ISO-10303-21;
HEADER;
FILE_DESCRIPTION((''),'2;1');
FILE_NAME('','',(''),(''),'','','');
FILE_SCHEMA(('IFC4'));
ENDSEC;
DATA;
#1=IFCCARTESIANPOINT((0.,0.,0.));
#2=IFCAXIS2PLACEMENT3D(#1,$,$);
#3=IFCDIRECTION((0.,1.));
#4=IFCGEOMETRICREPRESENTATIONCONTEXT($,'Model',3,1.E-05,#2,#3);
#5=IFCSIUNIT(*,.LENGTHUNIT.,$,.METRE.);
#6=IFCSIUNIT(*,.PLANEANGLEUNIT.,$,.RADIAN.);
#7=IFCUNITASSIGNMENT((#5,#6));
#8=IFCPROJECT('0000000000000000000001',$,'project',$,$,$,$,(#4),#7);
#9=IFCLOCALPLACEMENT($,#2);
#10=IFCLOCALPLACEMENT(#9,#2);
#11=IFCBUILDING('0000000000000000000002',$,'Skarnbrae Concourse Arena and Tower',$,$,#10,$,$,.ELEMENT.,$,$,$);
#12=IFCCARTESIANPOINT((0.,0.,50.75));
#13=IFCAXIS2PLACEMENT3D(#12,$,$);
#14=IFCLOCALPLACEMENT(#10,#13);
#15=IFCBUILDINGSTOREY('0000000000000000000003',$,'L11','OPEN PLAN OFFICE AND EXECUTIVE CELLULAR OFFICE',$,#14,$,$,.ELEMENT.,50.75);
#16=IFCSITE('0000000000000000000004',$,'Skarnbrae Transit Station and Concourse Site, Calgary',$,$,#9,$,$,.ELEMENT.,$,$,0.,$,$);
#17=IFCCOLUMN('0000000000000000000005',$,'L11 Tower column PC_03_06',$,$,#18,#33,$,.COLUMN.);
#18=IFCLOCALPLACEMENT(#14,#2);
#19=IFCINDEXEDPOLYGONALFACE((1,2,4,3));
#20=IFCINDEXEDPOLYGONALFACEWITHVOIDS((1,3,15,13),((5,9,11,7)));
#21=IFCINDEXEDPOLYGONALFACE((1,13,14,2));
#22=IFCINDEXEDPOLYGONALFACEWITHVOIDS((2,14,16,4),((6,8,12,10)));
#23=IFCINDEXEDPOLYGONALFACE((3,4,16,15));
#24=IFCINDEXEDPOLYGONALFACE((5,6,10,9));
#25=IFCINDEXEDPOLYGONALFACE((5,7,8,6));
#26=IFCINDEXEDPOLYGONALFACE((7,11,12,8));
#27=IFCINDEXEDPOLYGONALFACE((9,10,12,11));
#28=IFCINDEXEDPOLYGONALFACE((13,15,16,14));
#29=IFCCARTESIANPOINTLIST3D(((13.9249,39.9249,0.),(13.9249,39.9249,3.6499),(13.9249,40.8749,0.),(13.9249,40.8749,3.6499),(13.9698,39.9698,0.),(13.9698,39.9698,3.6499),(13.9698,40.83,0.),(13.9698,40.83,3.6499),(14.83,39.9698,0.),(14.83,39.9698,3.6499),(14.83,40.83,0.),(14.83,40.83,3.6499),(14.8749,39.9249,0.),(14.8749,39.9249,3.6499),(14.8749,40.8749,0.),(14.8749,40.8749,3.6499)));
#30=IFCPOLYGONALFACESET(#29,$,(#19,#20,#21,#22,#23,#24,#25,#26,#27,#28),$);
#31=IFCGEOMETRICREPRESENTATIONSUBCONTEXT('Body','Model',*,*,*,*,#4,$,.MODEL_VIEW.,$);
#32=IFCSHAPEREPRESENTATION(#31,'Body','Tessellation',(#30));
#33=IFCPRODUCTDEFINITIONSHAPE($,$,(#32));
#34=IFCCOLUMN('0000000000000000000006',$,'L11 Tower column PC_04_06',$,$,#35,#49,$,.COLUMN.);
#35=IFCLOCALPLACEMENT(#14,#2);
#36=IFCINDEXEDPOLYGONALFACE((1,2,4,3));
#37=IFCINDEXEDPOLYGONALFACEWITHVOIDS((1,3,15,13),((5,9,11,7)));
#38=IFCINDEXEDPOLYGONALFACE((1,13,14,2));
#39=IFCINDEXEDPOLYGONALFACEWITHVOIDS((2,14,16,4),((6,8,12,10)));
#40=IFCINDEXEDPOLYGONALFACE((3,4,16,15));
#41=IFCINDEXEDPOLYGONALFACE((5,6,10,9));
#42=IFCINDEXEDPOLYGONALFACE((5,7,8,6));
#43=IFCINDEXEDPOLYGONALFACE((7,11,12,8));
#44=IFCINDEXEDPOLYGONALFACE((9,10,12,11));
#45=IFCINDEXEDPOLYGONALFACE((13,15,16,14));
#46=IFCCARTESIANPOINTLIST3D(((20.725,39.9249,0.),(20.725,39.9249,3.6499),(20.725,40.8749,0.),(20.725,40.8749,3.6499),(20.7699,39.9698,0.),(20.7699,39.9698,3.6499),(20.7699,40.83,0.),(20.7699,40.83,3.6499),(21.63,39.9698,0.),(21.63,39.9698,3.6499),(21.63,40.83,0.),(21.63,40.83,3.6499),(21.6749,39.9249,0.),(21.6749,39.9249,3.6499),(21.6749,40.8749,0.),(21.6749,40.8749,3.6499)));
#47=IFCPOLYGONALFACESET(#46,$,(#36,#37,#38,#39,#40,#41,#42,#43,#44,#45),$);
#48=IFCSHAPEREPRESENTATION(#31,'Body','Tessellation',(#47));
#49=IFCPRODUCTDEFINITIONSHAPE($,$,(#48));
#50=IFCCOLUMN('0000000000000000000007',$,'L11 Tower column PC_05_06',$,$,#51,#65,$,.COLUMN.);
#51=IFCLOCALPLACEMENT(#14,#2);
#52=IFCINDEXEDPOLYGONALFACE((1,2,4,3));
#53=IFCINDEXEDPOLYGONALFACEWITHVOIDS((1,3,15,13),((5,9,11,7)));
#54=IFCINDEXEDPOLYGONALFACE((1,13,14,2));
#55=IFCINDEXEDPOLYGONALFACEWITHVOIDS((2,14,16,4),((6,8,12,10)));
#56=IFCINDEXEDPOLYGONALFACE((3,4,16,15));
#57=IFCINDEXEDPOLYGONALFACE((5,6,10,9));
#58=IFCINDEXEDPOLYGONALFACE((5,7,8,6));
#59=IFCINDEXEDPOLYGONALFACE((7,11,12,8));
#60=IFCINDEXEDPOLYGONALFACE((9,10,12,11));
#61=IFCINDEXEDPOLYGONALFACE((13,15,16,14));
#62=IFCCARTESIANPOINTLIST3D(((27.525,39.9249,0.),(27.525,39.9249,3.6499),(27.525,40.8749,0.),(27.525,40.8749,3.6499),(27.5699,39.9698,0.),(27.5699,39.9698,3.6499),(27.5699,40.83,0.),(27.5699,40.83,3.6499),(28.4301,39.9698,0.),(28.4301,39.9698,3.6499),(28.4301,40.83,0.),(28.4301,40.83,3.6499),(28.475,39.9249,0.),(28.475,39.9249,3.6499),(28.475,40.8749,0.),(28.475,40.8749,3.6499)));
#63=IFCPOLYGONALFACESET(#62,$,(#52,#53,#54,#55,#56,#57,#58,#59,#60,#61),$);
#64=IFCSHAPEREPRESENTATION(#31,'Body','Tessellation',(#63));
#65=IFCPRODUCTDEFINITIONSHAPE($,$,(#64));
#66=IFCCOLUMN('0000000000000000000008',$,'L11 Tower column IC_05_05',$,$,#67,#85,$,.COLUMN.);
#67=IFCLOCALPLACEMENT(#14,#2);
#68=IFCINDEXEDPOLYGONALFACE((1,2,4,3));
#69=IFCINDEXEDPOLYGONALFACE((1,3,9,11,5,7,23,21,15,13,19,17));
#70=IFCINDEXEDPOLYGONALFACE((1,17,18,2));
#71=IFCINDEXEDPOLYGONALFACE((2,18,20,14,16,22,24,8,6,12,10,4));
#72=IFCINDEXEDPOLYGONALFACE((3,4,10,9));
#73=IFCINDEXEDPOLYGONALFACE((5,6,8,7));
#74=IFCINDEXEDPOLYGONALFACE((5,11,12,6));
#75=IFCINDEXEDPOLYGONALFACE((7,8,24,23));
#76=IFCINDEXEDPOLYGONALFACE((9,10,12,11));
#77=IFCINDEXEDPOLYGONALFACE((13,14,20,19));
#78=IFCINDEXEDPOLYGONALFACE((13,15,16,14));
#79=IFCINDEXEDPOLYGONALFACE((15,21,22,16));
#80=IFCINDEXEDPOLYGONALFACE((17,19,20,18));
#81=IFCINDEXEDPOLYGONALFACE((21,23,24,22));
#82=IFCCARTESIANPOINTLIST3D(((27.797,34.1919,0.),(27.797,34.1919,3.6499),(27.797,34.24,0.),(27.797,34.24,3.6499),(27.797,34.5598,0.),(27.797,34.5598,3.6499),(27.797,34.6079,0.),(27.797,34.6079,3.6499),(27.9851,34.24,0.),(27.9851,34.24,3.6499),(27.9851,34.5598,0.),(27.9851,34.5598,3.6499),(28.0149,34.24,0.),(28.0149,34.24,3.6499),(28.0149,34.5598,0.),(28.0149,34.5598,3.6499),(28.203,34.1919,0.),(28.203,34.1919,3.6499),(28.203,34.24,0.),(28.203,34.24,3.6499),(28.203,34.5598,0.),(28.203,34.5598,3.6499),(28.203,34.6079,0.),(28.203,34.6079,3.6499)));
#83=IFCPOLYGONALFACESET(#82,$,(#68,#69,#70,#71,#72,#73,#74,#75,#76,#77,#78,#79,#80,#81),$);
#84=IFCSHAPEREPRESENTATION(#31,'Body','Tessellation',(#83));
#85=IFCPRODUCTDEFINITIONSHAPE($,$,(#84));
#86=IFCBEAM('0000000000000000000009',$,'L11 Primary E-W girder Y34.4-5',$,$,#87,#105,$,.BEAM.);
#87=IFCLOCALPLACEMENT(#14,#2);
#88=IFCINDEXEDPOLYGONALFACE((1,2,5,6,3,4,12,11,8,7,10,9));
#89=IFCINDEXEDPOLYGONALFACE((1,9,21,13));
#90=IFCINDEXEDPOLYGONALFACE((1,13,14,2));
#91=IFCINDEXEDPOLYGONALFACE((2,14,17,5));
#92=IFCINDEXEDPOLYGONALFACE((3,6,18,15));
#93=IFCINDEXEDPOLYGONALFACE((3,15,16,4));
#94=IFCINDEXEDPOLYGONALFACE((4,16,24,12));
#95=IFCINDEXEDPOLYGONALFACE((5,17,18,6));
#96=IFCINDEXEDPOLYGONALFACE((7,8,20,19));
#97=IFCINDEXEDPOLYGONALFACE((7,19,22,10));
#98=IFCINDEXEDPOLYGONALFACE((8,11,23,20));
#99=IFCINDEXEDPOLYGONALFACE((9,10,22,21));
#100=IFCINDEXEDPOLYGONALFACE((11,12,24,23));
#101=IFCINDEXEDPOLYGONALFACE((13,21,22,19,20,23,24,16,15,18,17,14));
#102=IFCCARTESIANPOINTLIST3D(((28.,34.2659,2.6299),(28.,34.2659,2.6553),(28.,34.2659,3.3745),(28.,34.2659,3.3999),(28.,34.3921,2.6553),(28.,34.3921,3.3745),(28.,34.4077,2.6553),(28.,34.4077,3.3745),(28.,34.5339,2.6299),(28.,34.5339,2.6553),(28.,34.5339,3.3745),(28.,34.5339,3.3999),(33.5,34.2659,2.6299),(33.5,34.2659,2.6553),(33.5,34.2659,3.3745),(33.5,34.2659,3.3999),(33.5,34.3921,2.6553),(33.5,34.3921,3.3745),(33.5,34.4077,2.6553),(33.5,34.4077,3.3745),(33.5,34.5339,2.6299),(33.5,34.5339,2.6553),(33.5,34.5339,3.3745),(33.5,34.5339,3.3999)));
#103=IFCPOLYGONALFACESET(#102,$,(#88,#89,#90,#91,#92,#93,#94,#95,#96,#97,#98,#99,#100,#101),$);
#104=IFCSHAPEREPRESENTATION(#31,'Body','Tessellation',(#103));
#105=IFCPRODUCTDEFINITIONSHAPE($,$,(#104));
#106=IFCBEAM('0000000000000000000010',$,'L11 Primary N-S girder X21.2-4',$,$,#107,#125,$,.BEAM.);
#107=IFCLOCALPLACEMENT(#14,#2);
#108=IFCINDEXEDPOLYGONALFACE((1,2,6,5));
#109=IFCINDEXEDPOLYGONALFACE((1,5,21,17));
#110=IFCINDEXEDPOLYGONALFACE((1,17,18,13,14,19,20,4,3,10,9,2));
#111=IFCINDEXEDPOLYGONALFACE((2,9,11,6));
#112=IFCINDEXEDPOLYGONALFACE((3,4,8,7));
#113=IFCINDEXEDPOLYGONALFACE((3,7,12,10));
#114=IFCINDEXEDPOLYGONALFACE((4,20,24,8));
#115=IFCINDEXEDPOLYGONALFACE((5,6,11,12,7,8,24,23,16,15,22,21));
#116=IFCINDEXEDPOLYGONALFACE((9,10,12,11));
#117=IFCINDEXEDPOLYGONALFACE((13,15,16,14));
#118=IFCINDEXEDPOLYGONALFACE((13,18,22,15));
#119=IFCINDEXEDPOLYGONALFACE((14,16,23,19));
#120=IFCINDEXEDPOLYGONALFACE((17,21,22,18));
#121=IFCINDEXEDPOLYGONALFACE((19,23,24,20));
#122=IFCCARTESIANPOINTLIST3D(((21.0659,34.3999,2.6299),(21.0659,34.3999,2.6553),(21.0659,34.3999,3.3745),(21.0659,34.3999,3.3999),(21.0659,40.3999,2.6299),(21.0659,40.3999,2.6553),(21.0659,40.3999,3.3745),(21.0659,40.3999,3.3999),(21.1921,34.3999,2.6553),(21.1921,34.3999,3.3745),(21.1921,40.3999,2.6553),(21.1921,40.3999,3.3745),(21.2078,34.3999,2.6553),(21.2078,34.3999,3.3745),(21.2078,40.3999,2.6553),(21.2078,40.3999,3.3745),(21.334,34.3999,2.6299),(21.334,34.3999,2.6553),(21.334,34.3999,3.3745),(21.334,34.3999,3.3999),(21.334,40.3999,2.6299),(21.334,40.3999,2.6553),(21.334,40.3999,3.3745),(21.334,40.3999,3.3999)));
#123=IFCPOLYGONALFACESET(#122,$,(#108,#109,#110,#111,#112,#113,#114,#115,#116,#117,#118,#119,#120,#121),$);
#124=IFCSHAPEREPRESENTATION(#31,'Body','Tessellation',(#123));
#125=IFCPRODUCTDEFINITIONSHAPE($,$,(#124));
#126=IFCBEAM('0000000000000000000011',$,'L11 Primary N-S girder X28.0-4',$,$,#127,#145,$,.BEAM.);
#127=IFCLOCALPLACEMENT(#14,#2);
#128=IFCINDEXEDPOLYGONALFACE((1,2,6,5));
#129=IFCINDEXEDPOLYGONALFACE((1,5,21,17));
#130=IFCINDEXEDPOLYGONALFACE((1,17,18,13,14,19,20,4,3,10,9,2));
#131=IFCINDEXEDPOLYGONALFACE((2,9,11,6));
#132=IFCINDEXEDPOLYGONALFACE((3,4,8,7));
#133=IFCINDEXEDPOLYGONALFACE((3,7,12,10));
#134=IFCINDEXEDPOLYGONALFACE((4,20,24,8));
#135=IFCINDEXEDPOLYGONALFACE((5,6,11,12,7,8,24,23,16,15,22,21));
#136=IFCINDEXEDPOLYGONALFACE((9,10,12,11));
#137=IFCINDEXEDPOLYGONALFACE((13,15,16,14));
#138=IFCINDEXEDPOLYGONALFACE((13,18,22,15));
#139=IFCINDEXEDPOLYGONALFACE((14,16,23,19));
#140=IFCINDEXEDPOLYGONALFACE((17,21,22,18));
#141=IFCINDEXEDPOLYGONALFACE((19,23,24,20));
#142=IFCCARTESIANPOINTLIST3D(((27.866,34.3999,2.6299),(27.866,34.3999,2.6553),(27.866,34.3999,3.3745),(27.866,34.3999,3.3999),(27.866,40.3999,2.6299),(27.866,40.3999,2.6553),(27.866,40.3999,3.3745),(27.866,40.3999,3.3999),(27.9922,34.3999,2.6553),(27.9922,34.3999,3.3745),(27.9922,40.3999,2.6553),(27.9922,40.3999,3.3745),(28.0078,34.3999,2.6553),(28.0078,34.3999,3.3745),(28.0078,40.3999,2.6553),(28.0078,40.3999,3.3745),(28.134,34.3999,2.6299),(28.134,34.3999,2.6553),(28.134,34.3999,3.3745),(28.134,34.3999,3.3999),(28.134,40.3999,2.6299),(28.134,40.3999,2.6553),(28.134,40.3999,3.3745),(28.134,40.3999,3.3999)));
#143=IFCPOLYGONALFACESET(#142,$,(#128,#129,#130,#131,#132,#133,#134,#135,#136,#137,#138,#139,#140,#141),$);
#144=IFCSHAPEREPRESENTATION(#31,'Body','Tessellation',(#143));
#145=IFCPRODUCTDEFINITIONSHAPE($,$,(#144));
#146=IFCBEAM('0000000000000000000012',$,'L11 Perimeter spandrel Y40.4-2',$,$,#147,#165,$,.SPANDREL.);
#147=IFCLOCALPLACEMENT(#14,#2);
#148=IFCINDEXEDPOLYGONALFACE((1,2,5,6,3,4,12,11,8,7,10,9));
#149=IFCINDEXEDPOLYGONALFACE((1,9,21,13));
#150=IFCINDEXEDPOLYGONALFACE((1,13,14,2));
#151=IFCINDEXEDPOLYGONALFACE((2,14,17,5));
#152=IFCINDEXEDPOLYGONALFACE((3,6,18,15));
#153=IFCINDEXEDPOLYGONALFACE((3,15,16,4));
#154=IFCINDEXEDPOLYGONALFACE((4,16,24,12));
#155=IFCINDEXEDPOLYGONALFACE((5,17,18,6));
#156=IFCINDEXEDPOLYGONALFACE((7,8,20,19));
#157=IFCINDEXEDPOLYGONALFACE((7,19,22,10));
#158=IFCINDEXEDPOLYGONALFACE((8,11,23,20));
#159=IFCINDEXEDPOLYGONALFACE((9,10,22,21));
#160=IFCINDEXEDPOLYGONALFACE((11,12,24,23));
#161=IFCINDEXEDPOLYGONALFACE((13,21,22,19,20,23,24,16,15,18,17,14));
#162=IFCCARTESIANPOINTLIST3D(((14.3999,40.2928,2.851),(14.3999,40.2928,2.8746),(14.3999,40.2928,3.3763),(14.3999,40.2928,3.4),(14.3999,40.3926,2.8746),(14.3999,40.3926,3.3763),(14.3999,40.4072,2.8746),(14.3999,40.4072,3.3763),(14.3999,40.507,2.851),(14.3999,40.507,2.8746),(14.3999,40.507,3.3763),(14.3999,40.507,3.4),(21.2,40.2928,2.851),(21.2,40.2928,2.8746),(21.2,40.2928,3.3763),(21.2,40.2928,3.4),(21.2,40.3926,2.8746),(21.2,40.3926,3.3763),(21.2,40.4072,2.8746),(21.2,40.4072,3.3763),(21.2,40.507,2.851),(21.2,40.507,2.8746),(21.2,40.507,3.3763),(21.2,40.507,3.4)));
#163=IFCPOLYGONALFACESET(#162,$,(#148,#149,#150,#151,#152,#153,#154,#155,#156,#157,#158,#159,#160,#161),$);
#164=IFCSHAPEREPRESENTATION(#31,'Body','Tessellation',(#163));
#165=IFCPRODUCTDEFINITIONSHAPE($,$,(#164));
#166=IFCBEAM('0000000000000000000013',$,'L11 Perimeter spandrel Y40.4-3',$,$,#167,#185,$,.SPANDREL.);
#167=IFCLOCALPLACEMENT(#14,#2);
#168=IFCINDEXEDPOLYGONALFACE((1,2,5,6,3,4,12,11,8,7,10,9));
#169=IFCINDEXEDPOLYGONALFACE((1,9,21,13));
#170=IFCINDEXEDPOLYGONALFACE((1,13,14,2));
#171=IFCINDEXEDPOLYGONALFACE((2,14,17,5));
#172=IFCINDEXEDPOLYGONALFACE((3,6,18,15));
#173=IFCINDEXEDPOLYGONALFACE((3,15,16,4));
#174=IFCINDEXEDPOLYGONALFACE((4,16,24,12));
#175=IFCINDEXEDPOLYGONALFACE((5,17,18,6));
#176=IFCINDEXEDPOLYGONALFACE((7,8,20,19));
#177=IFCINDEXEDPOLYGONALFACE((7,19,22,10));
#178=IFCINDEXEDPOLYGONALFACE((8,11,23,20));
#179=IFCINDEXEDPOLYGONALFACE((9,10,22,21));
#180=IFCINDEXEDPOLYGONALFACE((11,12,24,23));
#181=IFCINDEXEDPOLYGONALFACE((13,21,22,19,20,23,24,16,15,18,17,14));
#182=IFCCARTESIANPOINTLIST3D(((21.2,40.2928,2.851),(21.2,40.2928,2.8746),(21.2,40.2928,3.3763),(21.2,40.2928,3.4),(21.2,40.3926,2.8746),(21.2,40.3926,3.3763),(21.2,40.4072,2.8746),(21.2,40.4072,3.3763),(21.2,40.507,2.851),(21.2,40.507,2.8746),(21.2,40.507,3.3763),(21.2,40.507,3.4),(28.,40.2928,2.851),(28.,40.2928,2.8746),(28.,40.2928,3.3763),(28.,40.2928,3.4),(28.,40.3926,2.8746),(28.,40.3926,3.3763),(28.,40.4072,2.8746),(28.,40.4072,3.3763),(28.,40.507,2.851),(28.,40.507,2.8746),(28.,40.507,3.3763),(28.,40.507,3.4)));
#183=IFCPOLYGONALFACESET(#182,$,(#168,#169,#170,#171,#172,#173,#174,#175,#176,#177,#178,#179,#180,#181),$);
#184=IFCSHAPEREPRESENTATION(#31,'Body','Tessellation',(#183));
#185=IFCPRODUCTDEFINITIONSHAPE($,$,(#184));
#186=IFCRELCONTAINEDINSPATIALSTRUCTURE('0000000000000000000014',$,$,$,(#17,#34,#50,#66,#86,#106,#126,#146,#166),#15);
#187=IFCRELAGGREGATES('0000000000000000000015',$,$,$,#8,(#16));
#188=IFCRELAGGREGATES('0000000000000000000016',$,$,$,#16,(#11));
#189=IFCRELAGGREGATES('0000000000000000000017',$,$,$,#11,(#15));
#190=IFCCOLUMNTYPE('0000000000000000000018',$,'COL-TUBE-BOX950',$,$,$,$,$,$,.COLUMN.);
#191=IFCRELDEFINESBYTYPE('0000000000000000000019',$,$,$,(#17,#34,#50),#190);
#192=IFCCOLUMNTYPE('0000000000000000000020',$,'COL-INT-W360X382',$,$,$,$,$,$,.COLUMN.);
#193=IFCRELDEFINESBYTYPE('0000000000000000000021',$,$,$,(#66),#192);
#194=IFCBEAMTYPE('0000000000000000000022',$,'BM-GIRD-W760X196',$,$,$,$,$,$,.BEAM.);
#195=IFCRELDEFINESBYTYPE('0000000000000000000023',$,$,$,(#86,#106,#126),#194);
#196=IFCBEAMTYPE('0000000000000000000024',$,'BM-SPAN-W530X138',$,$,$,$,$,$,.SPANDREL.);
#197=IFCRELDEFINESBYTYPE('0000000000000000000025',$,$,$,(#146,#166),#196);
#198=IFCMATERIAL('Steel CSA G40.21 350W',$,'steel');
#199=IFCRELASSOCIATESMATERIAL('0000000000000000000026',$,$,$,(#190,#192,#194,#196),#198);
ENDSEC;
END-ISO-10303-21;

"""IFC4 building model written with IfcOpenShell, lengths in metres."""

from ifc_helpers import new_model, si_unit, direction, frame, origin, origin_2d, place, context, subcontext, project, spatial, hollow_rectangle, i_section, extrude, source, transform, mapped, material, material_profile, profile_set, type_object, element, save


model = new_model("IFC4")

# Units and contexts
model_context = context("Model", 3, precision=1e-05, world=origin(), true_north=direction((0.0, 1.0)))
body_context = subcontext(model_context, "Body", "Model", "MODEL_VIEW")
ifc_project = project(units=[si_unit("LENGTHUNIT", "METRE"), si_unit("PLANEANGLEUNIT", "RADIAN")], contexts=[model_context])

# Site, building, storey
site_placement = place(None, origin())
site = spatial("IfcSite", under=ifc_project, at=site_placement, Name="Skarnbrae Transit Station and Concourse Site, Calgary", CompositionType="ELEMENT", RefElevation=0.0)
building_placement = place(site_placement, origin())
building = spatial("IfcBuilding", under=site, at=building_placement, Name="Skarnbrae Concourse Arena and Tower", CompositionType="ELEMENT")
storey_placement = place(building_placement, frame((0.0, 0.0, 50.75)))
storey = spatial("IfcBuildingStorey", under=building, at=storey_placement, Name="L11", Description="OPEN PLAN OFFICE AND EXECUTIVE CELLULAR OFFICE", CompositionType="ELEMENT", Elevation=50.75)

# Columns
ifc_material_1 = material(Name="Steel CSA G40.21 350W", Category="steel")
ifc_material_profile_1 = material_profile(ifc_material_1, hollow_rectangle(XDim=0.95, YDim=0.95, WallThickness=0.0449, at=origin_2d()), Name="BOX950X950X45")
ifc_profile_set_1 = profile_set([ifc_material_profile_1], Name="Steel CSA G40.21 350W")
column_type_1 = type_object("IfcColumnType", Name="COL-TUBE-BOX950", PredefinedType="COLUMN", material=ifc_profile_set_1)
shared_shape_1 = source(origin(), body_context, "Body", "SweptSolid", [
    extrude(hollow_rectangle(XDim=0.95, YDim=0.95, WallThickness=0.0449, at=origin_2d()), origin(), (0.0, 0.0, 1.0), 3.6499),
])
for number, where, z_axis, x_axis, name in (
    (1, (14.3999, 40.3999, 0.0), (0.0, 0.0, 1.0), (1.0, 0.0, 0.0), "L11 Tower column PC_03_06"),
    (2, (21.2, 40.3999, 0.0), (0.0, 0.0, 1.0), (1.0, 0.0, 0.0), "L11 Tower column PC_04_06"),
    (3, (28.0, 40.3999, 0.0), (0.0, 0.0, 1.0), (1.0, 0.0, 0.0), "L11 Tower column PC_05_06"),
):
    element("IfcColumn", number, at=place(storey_placement, frame(where, z_axis=z_axis, x_axis=x_axis)), inside=storey, type_object=column_type_1, Name=name, PredefinedType="COLUMN", context=body_context, shape_type="MappedRepresentation", body=[
        mapped(shared_shape_1, transform((0.0, 0.0, 0.0))),
    ])
ifc_material_profile_2 = material_profile(ifc_material_1, i_section(OverallWidth=0.406, OverallDepth=0.416, WebThickness=0.0298, FlangeThickness=0.0481, at=origin_2d()), Name="W360X382")
ifc_profile_set_2 = profile_set([ifc_material_profile_2], Name="Steel CSA G40.21 350W")
column_type_2 = type_object("IfcColumnType", Name="COL-INT-W360X382", PredefinedType="COLUMN", material=ifc_profile_set_2)
shared_shape_2 = source(origin(), body_context, "Body", "SweptSolid", [
    extrude(i_section(OverallWidth=0.406, OverallDepth=0.416, WebThickness=0.0298, FlangeThickness=0.0481, at=origin_2d()), origin(), (0.0, 0.0, 1.0), 3.6499),
])
column_placement = place(storey_placement, frame((28.0, 34.3999, 0.0), z_axis=(0.0, 0.0, 1.0), x_axis=(1.0, 0.0, 0.0)))
element("IfcColumn", 4, at=column_placement, inside=storey, type_object=column_type_2, Name="L11 Tower column IC_05_05", PredefinedType="COLUMN", context=body_context, shape_type="MappedRepresentation", body=[
    mapped(shared_shape_2, transform((0.0, 0.0, 0.0))),
])

# Beams
ifc_material_profile_3 = material_profile(ifc_material_1, i_section(OverallWidth=0.2681, OverallDepth=0.77, WebThickness=0.0156, FlangeThickness=0.0254, at=origin_2d()), Name="W760X196")
ifc_profile_set_3 = profile_set([ifc_material_profile_3], Name="Steel CSA G40.21 350W")
beam_type_1 = type_object("IfcBeamType", Name="BM-GIRD-W760X196", PredefinedType="BEAM", material=ifc_profile_set_3)
shared_shape_3 = source(origin(), body_context, "Body", "SweptSolid", [
    extrude(i_section(OverallWidth=0.2681, OverallDepth=0.77, WebThickness=0.0156, FlangeThickness=0.0254, at=origin_2d()), origin(), (0.0, 0.0, 1.0), 5.5),
])
beam_1_placement = place(storey_placement, frame((28.0, 34.3999, 3.0149), z_axis=(1.0, 0.0, 0.0), x_axis=(0.0, 1.0, 0.0)))
element("IfcBeam", 5, at=beam_1_placement, inside=storey, type_object=beam_type_1, Name="L11 Primary E-W girder Y34.4-5", PredefinedType="BEAM", context=body_context, shape_type="MappedRepresentation", body=[
    mapped(shared_shape_3, transform((0.0, 0.0, 0.0))),
])
shared_shape_4 = source(origin(), body_context, "Body", "SweptSolid", [
    extrude(i_section(OverallWidth=0.2681, OverallDepth=0.77, WebThickness=0.0156, FlangeThickness=0.0254, at=origin_2d()), origin(), (0.0, 0.0, 1.0), 6.0),
])
for number, where, z_axis, x_axis, name in (
    (6, (21.2, 34.3999, 3.0149), (0.0, 1.0, 0.0), (-1.0, 0.0, 0.0), "L11 Primary N-S girder X21.2-4"),
    (7, (28.0, 34.3999, 3.0149), (0.0, 1.0, 0.0), (-1.0, 0.0, 0.0), "L11 Primary N-S girder X28.0-4"),
):
    element("IfcBeam", number, at=place(storey_placement, frame(where, z_axis=z_axis, x_axis=x_axis)), inside=storey, type_object=beam_type_1, Name=name, PredefinedType="BEAM", context=body_context, shape_type="MappedRepresentation", body=[
        mapped(shared_shape_4, transform((0.0, 0.0, 0.0))),
    ])
ifc_material_profile_4 = material_profile(ifc_material_1, i_section(OverallWidth=0.2141, OverallDepth=0.5491, WebThickness=0.0146, FlangeThickness=0.0237, at=origin_2d()), Name="W530X138")
ifc_profile_set_4 = profile_set([ifc_material_profile_4], Name="Steel CSA G40.21 350W")
beam_type_2 = type_object("IfcBeamType", Name="BM-SPAN-W530X138", PredefinedType="SPANDREL", material=ifc_profile_set_4)
shared_shape_5 = source(origin(), body_context, "Body", "SweptSolid", [
    extrude(i_section(OverallWidth=0.2141, OverallDepth=0.5491, WebThickness=0.0146, FlangeThickness=0.0237, at=origin_2d()), origin(), (0.0, 0.0, 1.0), 6.8),
])
for number, where, z_axis, x_axis, name in (
    (8, (14.3999, 40.3999, 3.1255), (1.0, 0.0, 0.0), (0.0, 1.0, 0.0), "L11 Perimeter spandrel Y40.4-2"),
    (9, (21.2, 40.3999, 3.1255), (1.0, 0.0, 0.0), (0.0, 1.0, 0.0), "L11 Perimeter spandrel Y40.4-3"),
):
    element("IfcBeam", number, at=place(storey_placement, frame(where, z_axis=z_axis, x_axis=x_axis)), inside=storey, type_object=beam_type_2, Name=name, PredefinedType="SPANDREL", context=body_context, shape_type="MappedRepresentation", body=[
        mapped(shared_shape_5, transform((0.0, 0.0, 0.0))),
    ])

save(model, "model.ifc")
